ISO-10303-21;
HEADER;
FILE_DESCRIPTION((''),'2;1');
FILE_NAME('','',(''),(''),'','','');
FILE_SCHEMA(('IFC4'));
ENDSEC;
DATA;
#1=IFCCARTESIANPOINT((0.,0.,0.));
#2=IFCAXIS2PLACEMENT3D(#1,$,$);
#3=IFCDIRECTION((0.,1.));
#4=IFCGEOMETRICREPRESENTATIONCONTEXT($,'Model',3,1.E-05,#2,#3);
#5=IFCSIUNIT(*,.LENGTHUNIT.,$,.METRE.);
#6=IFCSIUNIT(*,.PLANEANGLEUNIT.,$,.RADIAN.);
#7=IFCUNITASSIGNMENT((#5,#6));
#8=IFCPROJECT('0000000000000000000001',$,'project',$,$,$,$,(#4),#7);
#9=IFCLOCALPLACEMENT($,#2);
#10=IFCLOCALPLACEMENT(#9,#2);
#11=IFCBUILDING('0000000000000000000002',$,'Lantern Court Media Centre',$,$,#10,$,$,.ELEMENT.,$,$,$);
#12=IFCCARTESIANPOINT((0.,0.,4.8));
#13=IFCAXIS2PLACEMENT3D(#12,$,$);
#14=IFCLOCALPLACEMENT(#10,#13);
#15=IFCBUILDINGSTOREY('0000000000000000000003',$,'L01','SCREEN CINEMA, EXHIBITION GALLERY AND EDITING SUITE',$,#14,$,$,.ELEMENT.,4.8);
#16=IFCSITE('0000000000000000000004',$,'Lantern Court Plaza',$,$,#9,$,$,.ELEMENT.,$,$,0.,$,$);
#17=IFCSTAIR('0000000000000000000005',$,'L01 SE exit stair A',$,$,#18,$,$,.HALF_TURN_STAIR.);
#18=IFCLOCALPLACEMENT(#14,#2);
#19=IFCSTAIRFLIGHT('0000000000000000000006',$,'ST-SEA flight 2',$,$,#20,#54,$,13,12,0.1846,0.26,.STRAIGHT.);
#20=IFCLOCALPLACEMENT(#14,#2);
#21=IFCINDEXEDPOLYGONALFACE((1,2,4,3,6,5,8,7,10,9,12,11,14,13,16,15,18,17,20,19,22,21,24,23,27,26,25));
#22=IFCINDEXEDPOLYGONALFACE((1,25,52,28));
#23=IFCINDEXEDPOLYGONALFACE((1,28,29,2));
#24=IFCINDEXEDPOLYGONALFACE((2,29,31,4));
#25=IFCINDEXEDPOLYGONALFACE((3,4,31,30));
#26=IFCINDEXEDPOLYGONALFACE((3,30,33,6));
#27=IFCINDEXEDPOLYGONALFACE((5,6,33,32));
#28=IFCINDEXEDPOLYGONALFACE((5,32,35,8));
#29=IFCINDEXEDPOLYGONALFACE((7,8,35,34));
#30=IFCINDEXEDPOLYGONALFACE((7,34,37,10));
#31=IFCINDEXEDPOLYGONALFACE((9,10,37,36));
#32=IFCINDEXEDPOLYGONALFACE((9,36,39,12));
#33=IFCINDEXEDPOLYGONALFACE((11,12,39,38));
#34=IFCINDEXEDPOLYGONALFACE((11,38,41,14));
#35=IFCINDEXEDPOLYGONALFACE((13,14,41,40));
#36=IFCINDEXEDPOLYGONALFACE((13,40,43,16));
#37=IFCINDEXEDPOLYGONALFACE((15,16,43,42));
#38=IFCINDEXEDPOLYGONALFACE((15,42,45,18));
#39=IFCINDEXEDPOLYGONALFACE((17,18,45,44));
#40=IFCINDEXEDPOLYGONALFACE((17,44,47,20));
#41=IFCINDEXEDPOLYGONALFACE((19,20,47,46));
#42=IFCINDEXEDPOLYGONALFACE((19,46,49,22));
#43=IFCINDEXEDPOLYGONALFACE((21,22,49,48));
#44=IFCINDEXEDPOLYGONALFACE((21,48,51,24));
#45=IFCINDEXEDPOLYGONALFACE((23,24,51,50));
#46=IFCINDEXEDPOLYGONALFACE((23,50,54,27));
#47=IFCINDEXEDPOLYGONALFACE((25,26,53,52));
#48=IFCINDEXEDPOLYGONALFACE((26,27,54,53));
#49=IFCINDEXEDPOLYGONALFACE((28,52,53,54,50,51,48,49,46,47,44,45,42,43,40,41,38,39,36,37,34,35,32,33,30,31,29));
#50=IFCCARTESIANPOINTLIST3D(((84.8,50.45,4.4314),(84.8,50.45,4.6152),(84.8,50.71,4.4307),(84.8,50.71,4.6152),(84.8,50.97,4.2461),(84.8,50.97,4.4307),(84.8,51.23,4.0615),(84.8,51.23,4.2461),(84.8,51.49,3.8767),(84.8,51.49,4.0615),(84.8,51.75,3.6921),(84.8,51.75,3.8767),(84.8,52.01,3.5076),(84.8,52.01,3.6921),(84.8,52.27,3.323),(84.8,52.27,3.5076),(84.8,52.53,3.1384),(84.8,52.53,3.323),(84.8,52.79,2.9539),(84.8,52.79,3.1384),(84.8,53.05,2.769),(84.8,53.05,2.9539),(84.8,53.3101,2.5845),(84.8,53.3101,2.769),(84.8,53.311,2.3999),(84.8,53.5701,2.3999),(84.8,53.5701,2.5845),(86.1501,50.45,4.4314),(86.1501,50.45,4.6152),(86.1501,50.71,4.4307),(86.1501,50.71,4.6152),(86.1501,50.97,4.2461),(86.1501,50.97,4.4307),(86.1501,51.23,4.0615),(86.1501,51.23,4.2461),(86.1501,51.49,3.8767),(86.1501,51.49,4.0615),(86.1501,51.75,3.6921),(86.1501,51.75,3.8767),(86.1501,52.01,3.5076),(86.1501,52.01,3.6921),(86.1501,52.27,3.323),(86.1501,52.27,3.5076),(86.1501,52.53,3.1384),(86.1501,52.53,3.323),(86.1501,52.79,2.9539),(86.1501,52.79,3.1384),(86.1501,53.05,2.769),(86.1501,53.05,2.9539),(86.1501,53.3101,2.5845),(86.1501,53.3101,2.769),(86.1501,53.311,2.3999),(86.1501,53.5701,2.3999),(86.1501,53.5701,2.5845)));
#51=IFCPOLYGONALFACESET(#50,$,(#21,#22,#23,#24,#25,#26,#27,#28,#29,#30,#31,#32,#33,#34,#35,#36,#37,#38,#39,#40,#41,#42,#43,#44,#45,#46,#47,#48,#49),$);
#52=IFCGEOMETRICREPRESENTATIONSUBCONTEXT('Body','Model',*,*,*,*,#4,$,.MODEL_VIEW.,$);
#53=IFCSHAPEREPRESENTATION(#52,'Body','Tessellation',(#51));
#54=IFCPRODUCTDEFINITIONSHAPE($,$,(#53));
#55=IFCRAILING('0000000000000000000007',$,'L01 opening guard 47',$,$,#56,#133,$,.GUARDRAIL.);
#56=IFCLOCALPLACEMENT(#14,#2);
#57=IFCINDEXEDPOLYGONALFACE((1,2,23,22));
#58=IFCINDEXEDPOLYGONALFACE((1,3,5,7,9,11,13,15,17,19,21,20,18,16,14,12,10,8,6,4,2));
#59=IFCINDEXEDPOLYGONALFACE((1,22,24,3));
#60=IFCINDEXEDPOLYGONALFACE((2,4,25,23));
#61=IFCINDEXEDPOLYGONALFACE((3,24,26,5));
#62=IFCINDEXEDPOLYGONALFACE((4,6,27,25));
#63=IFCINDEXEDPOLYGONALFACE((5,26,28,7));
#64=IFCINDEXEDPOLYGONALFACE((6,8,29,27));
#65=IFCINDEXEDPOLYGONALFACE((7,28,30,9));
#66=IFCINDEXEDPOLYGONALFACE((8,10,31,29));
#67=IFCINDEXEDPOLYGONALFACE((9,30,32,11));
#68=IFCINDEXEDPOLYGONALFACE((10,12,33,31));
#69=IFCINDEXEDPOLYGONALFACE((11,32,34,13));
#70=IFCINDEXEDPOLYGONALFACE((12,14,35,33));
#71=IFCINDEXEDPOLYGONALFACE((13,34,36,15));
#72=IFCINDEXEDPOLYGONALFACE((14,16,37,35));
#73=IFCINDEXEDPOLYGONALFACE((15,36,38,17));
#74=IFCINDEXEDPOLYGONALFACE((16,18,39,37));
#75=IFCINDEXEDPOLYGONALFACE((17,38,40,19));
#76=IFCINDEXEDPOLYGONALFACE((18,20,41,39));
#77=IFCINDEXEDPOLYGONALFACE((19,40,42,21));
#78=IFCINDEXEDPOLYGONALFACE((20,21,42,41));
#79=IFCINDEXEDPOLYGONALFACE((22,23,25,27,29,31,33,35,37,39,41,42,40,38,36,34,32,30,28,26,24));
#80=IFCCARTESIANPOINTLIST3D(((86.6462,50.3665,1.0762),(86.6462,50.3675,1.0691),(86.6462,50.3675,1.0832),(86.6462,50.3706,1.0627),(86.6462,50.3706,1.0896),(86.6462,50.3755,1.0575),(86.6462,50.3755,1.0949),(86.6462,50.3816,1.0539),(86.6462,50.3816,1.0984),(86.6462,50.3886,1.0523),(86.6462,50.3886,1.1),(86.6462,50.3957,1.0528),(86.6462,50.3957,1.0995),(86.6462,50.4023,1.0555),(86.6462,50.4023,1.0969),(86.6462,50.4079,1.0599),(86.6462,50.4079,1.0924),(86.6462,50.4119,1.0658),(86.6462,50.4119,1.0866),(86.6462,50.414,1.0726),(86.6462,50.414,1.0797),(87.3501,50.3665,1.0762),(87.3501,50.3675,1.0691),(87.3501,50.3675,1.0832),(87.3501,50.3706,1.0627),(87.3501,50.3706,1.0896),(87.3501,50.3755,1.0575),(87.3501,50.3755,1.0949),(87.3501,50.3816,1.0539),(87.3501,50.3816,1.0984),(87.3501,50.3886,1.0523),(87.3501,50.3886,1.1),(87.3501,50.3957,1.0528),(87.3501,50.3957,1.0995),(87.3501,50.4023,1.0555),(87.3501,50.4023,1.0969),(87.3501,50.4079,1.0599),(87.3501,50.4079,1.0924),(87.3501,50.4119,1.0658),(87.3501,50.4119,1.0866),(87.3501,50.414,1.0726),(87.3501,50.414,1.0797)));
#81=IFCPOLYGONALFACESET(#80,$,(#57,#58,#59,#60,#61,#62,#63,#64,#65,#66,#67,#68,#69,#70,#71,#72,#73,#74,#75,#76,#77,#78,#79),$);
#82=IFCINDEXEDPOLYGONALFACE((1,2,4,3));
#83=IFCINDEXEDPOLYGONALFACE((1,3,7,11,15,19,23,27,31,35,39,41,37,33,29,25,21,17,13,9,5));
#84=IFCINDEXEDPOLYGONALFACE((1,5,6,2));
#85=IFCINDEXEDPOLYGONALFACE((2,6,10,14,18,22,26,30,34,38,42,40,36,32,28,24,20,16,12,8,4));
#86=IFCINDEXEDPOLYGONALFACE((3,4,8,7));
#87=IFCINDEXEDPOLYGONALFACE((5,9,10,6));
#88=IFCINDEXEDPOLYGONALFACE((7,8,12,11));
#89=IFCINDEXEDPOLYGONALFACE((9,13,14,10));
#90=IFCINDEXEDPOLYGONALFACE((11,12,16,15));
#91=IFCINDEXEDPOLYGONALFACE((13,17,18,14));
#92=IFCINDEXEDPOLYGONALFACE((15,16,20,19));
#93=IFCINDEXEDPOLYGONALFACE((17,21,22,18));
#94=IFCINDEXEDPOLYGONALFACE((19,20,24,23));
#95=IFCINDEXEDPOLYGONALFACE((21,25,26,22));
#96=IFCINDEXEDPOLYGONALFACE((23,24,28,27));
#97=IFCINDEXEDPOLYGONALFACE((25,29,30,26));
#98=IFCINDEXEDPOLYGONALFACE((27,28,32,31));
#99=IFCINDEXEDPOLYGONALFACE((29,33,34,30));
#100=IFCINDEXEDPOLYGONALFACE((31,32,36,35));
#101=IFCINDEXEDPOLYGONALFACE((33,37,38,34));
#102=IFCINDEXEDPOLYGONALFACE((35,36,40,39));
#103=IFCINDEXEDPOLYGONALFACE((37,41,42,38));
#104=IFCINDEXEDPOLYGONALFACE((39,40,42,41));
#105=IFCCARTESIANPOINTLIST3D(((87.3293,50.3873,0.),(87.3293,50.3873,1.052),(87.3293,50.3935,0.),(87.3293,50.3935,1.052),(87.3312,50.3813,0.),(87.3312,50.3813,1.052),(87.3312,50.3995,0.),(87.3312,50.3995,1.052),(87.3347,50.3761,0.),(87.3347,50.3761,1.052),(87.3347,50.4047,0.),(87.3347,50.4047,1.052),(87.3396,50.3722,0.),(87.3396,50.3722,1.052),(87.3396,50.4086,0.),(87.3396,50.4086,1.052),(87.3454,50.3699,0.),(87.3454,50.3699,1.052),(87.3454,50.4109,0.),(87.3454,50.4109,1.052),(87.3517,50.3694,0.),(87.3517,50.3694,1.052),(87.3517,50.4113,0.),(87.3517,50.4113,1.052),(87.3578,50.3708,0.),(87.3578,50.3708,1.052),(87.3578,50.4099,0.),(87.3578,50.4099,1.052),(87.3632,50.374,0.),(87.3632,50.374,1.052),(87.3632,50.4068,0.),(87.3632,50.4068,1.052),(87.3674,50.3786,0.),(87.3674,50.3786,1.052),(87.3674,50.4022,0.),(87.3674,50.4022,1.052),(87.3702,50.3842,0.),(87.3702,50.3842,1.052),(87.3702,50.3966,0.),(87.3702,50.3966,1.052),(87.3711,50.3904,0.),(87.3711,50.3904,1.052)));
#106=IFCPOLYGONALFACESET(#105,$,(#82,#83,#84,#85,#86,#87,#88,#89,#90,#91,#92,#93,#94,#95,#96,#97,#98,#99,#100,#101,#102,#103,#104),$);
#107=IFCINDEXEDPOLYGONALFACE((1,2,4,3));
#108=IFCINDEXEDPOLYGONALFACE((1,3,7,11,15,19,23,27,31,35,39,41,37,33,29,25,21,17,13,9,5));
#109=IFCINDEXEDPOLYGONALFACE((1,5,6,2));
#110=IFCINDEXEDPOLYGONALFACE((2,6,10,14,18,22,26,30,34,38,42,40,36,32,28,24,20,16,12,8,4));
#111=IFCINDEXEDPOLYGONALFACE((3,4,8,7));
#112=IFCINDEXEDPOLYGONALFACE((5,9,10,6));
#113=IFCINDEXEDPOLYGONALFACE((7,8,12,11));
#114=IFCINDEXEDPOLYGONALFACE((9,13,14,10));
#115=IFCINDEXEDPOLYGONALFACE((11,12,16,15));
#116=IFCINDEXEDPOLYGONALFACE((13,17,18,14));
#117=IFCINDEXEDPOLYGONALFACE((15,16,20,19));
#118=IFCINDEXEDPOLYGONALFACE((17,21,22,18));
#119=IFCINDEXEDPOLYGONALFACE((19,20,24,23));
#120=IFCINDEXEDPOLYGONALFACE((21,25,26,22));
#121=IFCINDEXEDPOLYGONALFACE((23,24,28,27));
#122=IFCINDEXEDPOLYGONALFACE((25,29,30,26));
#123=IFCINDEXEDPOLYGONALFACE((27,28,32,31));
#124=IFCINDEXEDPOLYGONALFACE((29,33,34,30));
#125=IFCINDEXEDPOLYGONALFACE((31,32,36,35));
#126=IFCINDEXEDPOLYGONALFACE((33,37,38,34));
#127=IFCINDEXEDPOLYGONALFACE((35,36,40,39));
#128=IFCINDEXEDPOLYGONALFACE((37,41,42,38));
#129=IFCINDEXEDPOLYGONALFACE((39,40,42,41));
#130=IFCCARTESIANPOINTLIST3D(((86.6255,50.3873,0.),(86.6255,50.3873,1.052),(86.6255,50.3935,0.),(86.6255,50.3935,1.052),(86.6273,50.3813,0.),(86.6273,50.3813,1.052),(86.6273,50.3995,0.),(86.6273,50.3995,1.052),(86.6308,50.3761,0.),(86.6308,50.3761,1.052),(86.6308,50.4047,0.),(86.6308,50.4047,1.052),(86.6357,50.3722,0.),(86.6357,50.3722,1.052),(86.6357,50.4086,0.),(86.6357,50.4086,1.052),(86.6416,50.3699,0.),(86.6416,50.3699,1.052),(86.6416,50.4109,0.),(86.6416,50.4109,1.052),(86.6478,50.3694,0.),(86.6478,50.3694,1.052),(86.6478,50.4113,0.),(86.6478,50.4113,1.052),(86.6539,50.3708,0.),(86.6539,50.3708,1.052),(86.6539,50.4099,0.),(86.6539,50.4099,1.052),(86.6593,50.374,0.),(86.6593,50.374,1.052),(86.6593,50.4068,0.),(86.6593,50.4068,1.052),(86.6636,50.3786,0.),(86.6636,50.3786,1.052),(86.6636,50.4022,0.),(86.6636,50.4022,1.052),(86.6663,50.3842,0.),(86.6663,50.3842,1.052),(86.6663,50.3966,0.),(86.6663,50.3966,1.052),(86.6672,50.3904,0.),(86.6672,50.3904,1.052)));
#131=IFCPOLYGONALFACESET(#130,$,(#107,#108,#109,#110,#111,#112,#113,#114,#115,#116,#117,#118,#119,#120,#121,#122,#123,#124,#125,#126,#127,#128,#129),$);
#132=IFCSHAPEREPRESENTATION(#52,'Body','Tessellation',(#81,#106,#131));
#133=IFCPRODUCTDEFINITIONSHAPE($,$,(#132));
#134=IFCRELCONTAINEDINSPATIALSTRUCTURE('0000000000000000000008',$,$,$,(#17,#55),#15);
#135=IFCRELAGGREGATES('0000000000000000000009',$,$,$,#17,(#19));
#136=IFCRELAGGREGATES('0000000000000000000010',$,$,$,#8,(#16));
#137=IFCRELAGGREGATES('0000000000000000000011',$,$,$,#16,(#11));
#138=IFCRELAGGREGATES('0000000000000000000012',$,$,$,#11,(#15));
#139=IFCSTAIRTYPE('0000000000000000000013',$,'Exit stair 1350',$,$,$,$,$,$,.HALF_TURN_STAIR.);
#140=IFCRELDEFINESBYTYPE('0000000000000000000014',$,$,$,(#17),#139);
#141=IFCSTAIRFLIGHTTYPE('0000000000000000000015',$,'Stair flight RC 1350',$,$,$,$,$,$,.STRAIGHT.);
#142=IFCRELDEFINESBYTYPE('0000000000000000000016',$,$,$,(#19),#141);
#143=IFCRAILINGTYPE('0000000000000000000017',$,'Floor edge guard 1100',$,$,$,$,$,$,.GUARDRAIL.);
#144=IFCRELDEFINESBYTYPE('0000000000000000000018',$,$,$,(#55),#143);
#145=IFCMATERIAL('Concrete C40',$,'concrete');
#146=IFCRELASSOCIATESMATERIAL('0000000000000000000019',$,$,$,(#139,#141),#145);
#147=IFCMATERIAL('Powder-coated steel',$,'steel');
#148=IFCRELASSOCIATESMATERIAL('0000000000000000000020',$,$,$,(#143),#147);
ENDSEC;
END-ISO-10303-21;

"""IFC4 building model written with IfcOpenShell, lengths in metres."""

from ifc_helpers import new_model, si_unit, direction, frame, origin, origin_2d, place, context, subcontext, project, spatial, polyline, circle, outline, extrude, material, type_object, element, aggregate, save


model = new_model("IFC4")

# Units and contexts
model_context = context("Model", 3, precision=1e-05, world=origin(), true_north=direction((0.0, 1.0)))
body_context = subcontext(model_context, "Body", "Model", "MODEL_VIEW")
ifc_project = project(units=[si_unit("LENGTHUNIT", "METRE"), si_unit("PLANEANGLEUNIT", "RADIAN")], contexts=[model_context])

# Site, building, storey
site_placement = place(None, origin())
site = spatial("IfcSite", under=ifc_project, at=site_placement, Name="Lantern Court Plaza", CompositionType="ELEMENT", RefElevation=0.0)
building_placement = place(site_placement, origin())
building = spatial("IfcBuilding", under=site, at=building_placement, Name="Lantern Court Media Centre", CompositionType="ELEMENT")
storey_placement = place(building_placement, frame((0.0, 0.0, 4.8)))
storey = spatial("IfcBuildingStorey", under=building, at=storey_placement, Name="L01", Description="SCREEN CINEMA, EXHIBITION GALLERY AND EDITING SUITE", CompositionType="ELEMENT", Elevation=4.8)

# Shared definitions
ifc_material_1 = material(Name="Concrete C40", Category="concrete")

# Stair, stair flight
stair_type = type_object("IfcStairType", Name="Exit stair 1350", PredefinedType="HALF_TURN_STAIR", material=ifc_material_1)
stair_placement = place(storey_placement, origin())
stair = element("IfcStair", 1, at=stair_placement, inside=storey, type_object=stair_type, Name="L01 SE exit stair A", PredefinedType="HALF_TURN_STAIR")
stair_flight_type = type_object("IfcStairFlightType", Name="Stair flight RC 1350", PredefinedType="STRAIGHT", material=ifc_material_1)
stair_flight_1_placement = place(storey_placement, frame((85.4751, 53.5701, 2.3999), z_axis=(0.0, 0.0, 1.0), x_axis=(0.0, -1.0, 0.0)))
stair_flight_1 = element("IfcStairFlight", 2, at=stair_flight_1_placement, type_object=stair_flight_type, Name="ST-SEA flight 2", NumberOfRisers=13, NumberOfTreads=12, PredefinedType="STRAIGHT", RiserHeight=0.1846, TreadLength=0.26, context=body_context, shape_type="SweptSolid", body=[
    extrude(outline(polyline([(0.0, 0.0), (0.0, 0.1846), (0.26, 0.1846), (0.26, 0.3691), (0.52, 0.3691), (0.52, 0.554), (0.78, 0.554), (0.78, 0.7385), (1.04, 0.7385), (1.04, 0.9231), (1.3, 0.9231), (1.3, 1.1077), (1.5601, 1.1077), (1.5601, 1.2922), (1.8201, 1.2922), (1.8201, 1.4768), (2.0801, 1.4768), (2.0801, 1.6616), (2.3401, 1.6616), (2.3401, 1.8462), (2.6001, 1.8462), (2.6001, 2.0308), (2.8601, 2.0308), (2.8601, 2.2153), (3.1201, 2.2153), (3.1201, 2.3999), (3.1201, 2.0315), (0.259, 0.0), (0.0, 0.0)])), frame((0.0, 0.675, 0.0), z_axis=(0.0, -1.0, 0.0), x_axis=(1.0, 0.0, 0.0)), (0.0, 0.0, 1.0), 1.3501),
])
aggregate(stair, [stair_flight_1])

# Railing
ifc_material_2 = material(Name="Powder-coated steel", Category="steel")
railing_type_1 = type_object("IfcRailingType", Name="Floor edge guard 1100", PredefinedType="GUARDRAIL", material=ifc_material_2)
railing_1_placement = place(storey_placement, frame((87.3501, 50.3904, 0.0)))
element("IfcRailing", 3, at=railing_1_placement, inside=storey, type_object=railing_type_1, Name="L01 opening guard 47", PredefinedType="GUARDRAIL", context=body_context, shape_type="SweptSolid", body=[
    extrude(circle(Radius=0.0239, at=origin_2d()), frame((0.0, 0.0, 1.0762), z_axis=(-1.0, 0.0, 0.0), x_axis=(0.0, -1.0, 0.0)), (0.0, 0.0, 1.0), 0.7039),
    extrude(circle(Radius=0.021, at=origin_2d()), origin(), (0.0, 0.0, 1.0), 1.052),
    extrude(circle(Radius=0.021, at=origin_2d()), frame((-0.7039, 0.0, 0.0)), (0.0, 0.0, 1.0), 1.052),
])

save(model, "model.ifc")
